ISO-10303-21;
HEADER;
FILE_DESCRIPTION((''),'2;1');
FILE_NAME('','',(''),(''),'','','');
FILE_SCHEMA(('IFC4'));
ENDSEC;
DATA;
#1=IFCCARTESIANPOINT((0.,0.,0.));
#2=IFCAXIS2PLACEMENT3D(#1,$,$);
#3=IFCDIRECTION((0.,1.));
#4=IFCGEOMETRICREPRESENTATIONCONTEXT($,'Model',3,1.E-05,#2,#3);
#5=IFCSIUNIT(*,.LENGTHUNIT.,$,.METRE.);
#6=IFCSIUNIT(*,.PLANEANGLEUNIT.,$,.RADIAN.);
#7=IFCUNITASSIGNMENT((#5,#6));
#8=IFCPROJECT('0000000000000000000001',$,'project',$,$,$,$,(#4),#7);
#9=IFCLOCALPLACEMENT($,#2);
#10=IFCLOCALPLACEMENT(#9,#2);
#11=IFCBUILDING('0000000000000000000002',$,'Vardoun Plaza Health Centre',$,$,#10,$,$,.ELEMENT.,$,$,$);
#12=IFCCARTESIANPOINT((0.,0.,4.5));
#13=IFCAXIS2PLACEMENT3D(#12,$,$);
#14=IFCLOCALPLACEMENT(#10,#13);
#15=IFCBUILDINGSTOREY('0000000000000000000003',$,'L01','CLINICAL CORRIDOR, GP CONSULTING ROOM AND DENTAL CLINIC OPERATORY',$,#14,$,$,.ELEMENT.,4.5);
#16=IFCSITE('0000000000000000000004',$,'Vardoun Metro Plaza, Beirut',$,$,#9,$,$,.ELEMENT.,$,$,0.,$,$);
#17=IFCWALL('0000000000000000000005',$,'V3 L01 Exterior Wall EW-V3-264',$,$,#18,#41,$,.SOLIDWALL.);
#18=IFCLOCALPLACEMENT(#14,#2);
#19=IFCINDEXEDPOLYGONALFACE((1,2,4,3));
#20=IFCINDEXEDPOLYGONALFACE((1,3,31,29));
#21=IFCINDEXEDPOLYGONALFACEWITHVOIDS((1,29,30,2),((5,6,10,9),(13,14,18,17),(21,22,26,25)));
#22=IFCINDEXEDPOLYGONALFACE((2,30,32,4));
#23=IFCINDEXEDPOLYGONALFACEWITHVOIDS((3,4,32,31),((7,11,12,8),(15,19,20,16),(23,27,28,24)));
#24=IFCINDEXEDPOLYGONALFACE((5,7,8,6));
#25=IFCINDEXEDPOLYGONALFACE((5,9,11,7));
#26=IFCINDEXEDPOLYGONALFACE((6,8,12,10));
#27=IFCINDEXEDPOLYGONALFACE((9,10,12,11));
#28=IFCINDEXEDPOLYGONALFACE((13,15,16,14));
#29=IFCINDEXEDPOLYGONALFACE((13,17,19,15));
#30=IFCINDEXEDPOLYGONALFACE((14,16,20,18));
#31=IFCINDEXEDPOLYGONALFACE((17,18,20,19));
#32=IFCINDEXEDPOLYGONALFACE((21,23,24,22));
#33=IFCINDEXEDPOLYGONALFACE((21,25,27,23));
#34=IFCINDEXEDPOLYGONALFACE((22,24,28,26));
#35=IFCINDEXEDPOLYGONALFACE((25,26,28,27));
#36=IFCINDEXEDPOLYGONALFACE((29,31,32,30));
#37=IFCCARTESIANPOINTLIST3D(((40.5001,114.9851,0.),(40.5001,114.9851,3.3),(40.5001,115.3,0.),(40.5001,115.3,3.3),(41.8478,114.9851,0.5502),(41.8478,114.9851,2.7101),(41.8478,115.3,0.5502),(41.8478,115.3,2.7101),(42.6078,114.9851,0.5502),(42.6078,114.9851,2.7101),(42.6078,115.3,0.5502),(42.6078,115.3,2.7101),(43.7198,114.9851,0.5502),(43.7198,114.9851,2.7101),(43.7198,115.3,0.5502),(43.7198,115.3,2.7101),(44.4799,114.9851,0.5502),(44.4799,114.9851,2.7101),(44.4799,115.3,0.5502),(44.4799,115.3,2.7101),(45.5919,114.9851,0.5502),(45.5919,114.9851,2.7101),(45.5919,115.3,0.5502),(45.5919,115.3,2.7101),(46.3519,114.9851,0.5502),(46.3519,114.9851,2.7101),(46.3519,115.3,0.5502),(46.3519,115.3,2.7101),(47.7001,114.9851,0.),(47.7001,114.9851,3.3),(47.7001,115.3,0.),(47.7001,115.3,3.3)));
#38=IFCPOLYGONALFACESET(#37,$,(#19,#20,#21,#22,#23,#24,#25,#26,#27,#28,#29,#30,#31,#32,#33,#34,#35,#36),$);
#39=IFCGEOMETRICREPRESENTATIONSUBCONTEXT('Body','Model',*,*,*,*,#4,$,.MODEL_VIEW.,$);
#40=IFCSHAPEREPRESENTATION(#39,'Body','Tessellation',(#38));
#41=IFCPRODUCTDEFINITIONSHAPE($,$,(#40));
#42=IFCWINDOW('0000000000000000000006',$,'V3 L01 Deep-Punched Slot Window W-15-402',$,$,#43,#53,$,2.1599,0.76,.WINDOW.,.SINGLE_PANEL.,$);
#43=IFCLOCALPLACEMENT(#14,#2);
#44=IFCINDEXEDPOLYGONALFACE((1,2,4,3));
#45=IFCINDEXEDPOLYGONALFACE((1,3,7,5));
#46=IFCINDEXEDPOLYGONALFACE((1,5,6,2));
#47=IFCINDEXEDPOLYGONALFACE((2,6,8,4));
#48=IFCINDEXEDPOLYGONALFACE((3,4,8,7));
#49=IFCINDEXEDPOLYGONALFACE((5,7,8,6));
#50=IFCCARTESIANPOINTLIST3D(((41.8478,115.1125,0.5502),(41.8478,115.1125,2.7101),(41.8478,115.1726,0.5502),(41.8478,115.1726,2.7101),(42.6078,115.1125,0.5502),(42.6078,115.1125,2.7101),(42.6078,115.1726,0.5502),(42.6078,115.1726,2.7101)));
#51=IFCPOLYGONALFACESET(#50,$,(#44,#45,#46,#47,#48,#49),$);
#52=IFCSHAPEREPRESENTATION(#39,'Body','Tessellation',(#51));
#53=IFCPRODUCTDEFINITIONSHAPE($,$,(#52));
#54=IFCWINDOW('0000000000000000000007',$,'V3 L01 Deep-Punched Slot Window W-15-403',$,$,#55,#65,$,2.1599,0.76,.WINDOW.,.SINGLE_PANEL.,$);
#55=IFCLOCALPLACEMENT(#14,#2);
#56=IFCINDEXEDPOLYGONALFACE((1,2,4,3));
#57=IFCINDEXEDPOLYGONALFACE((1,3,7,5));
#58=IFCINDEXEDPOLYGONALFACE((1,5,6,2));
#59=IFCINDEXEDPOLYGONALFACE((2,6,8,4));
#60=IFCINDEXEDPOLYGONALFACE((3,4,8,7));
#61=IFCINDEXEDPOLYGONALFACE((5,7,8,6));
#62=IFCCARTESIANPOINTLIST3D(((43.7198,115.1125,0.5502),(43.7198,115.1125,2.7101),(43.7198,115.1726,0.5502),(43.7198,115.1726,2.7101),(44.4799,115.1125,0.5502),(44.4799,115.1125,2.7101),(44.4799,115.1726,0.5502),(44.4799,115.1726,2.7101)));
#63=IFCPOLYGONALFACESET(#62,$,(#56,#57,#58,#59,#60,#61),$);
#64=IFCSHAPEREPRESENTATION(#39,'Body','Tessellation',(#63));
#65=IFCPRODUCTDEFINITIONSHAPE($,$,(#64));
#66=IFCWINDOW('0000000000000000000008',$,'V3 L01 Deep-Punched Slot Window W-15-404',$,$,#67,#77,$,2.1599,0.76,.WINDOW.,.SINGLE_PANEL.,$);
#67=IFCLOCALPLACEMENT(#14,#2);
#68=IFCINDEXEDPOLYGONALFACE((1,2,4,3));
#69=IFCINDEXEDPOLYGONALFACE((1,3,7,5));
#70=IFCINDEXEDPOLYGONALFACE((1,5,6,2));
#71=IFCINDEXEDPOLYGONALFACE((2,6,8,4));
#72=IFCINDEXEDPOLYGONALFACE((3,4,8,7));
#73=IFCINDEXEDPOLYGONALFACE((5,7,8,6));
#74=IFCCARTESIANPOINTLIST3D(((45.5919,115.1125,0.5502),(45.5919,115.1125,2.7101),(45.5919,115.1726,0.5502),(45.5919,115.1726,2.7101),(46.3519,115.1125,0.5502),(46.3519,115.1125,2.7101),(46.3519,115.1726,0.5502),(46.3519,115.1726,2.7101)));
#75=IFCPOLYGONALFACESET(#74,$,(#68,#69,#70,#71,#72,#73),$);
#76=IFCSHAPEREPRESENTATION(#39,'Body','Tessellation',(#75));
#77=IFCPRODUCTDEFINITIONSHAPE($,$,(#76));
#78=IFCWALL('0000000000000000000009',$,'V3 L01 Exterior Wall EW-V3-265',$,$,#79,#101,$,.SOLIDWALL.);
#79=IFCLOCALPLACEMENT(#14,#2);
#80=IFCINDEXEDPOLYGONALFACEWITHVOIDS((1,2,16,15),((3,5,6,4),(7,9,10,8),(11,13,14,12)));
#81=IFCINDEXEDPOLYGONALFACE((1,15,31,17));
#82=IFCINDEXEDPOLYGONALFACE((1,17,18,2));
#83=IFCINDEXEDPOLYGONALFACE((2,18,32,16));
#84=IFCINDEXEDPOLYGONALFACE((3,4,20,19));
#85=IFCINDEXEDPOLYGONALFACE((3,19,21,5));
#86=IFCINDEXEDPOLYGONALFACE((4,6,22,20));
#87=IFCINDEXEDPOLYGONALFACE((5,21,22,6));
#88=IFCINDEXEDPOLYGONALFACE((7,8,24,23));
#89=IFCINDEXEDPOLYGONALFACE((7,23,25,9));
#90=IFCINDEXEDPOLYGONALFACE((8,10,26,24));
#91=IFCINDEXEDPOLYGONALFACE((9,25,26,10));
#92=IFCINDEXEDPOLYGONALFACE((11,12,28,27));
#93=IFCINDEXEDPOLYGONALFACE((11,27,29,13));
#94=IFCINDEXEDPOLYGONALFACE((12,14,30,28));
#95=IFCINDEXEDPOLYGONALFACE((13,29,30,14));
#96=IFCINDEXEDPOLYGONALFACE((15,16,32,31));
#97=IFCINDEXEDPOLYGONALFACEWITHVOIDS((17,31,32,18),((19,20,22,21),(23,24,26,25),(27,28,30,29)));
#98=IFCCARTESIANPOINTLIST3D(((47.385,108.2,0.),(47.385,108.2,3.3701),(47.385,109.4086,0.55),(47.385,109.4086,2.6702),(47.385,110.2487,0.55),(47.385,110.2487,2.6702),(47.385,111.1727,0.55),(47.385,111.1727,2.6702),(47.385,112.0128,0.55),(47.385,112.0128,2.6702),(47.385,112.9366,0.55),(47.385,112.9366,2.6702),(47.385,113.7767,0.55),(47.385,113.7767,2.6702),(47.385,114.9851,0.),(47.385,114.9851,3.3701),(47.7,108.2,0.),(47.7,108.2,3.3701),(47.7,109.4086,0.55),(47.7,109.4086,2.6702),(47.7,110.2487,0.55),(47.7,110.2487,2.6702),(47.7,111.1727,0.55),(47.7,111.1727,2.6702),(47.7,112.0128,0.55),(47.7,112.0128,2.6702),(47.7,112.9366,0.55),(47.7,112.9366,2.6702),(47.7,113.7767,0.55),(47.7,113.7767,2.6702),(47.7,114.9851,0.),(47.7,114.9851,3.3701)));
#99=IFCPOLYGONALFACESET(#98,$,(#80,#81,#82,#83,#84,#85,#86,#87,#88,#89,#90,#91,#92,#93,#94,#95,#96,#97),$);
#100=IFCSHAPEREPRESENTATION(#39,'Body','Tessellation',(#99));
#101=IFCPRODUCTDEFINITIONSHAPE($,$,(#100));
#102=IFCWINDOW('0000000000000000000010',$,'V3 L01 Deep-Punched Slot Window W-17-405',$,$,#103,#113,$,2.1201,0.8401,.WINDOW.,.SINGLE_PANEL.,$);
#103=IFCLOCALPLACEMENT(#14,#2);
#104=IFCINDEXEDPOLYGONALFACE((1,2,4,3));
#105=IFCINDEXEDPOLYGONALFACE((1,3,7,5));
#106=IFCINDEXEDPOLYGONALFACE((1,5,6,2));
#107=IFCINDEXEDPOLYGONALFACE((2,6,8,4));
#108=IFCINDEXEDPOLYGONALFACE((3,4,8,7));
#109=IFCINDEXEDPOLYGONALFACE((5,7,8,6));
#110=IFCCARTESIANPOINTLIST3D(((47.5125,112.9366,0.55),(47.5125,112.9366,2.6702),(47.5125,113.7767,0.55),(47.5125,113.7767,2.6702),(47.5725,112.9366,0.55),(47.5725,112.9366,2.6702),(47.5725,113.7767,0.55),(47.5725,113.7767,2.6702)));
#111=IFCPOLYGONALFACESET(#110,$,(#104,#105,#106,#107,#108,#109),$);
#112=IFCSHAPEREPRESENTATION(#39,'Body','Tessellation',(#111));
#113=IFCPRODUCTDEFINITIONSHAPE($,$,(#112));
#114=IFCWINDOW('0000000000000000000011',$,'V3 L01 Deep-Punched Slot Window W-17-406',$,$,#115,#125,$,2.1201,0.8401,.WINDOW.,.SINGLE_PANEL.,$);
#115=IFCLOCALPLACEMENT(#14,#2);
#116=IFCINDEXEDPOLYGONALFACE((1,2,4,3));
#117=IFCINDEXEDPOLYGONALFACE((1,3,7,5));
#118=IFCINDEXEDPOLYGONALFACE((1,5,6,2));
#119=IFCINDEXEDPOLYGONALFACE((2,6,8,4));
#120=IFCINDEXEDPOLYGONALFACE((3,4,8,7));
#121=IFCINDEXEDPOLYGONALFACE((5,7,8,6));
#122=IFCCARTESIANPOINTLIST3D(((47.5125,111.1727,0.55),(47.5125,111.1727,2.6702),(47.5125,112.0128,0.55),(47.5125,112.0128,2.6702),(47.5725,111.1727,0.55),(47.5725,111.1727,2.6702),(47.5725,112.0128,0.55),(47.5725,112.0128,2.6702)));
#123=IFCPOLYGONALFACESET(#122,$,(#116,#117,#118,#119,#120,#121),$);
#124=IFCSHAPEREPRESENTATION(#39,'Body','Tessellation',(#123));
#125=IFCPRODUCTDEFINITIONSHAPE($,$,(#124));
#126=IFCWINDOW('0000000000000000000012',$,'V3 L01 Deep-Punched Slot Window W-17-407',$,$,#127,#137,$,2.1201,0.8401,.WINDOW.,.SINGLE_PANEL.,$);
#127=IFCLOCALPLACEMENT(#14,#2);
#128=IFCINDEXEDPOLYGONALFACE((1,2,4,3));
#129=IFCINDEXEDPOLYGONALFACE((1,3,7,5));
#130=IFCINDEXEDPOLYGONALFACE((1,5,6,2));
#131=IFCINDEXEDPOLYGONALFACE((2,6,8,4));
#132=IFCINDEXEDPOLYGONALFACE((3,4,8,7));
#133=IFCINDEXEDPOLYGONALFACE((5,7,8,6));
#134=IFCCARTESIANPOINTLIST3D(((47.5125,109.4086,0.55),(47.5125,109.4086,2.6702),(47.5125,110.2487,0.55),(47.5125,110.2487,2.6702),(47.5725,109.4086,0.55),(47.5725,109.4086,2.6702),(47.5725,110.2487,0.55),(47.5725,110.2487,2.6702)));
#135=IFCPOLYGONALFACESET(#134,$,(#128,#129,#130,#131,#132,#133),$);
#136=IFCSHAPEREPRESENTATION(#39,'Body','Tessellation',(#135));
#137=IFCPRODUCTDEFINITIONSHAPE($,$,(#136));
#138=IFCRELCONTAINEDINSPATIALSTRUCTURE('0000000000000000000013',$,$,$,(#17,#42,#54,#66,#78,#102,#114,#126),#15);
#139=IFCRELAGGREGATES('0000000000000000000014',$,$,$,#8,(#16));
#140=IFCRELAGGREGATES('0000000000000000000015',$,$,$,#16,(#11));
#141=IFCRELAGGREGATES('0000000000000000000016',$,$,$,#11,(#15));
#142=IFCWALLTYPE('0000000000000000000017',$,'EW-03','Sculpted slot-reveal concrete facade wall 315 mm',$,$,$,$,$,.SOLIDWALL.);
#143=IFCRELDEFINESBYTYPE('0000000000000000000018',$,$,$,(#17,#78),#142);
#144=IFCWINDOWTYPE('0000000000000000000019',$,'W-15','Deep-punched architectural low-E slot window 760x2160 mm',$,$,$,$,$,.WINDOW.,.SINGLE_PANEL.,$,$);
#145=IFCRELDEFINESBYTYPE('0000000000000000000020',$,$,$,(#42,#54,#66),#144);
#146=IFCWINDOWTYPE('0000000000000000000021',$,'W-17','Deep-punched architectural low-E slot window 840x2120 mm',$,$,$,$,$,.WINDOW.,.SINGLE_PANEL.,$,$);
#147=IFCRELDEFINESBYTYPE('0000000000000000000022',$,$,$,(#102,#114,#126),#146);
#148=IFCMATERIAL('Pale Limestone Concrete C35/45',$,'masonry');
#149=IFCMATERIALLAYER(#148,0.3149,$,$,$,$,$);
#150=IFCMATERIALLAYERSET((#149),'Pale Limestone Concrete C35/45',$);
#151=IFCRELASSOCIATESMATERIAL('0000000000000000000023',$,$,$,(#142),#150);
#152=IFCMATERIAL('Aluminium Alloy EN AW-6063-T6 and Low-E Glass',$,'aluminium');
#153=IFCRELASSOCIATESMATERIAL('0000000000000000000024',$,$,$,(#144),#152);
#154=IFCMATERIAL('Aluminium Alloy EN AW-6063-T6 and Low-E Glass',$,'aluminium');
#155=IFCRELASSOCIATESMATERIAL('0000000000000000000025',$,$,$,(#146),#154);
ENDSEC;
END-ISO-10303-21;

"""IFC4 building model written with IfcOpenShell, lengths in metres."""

from ifc_helpers import new_model, si_unit, direction, frame, frame_2d, origin, place, context, subcontext, project, spatial, rectangle, extrude, material, layer, layer_set, type_object, element, fill, save


model = new_model("IFC4")

# Units and contexts
model_context = context("Model", 3, precision=1e-05, world=origin(), true_north=direction((0.0, 1.0)))
body_context = subcontext(model_context, "Body", "Model", "MODEL_VIEW")
ifc_project = project(units=[si_unit("LENGTHUNIT", "METRE"), si_unit("PLANEANGLEUNIT", "RADIAN")], contexts=[model_context])

# Site, building, storey
site_placement = place(None, origin())
site = spatial("IfcSite", under=ifc_project, at=site_placement, Name="Vardoun Metro Plaza, Beirut", CompositionType="ELEMENT", RefElevation=0.0)
building_placement = place(site_placement, origin())
building = spatial("IfcBuilding", under=site, at=building_placement, Name="Vardoun Plaza Health Centre", CompositionType="ELEMENT")
storey_placement = place(building_placement, frame((0.0, 0.0, 4.5)))
storey = spatial("IfcBuildingStorey", under=building, at=storey_placement, Name="L01", Description="CLINICAL CORRIDOR, GP CONSULTING ROOM AND DENTAL CLINIC OPERATORY", CompositionType="ELEMENT", Elevation=4.5)

# Walls, openings, windows
ifc_material_1 = material(Name="Pale Limestone Concrete C35/45", Category="masonry")
ifc_layer_1 = layer(ifc_material_1, 0.3149)
ifc_layer_set_1 = layer_set([ifc_layer_1], Name="Pale Limestone Concrete C35/45")
wall_type_1 = type_object("IfcWallType", Name="EW-03", Description="Sculpted slot-reveal concrete facade wall 315 mm", PredefinedType="SOLIDWALL", material=ifc_layer_set_1)
wall_1_placement = place(storey_placement, frame((40.5, 115.1426, 0.0), z_axis=(0.0, 0.0, 1.0), x_axis=(1.0, 0.0, 0.0)))
wall_1 = element("IfcWall", 1, at=wall_1_placement, inside=storey, type_object=wall_type_1, Name="V3 L01 Exterior Wall EW-V3-264", PredefinedType="SOLIDWALL", context=body_context, shape_type="SweptSolid", body=[
    extrude(rectangle(XDim=7.2, YDim=0.3149, at=frame_2d((3.6001, 0.0))), origin(), (0.0, 0.0, 1.0), 3.3),
])
opening_1_placement = place(wall_1_placement, frame((1.3479, 0.0, 0.55)))
opening_1 = element("IfcOpeningElement", 2, at=opening_1_placement, cuts=wall_1, PredefinedType="OPENING", context=body_context, shape_type="SweptSolid", body=[
    extrude(rectangle(XDim=0.76, YDim=2.1599, at=frame_2d((0.3799, 1.0801))), frame((0.0, 0.1575, 0.0), z_axis=(0.0, -1.0, 0.0), x_axis=(1.0, 0.0, 0.0)), (0.0, 0.0, 1.0), 0.3149),
])
opening_2_placement = place(wall_1_placement, frame((3.22, 0.0, 0.55)))
opening_2 = element("IfcOpeningElement", 3, at=opening_2_placement, cuts=wall_1, PredefinedType="OPENING", context=body_context, shape_type="SweptSolid", body=[
    extrude(rectangle(XDim=0.76, YDim=2.1599, at=frame_2d((0.3799, 1.0801))), frame((0.0, 0.1575, 0.0), z_axis=(0.0, -1.0, 0.0), x_axis=(1.0, 0.0, 0.0)), (0.0, 0.0, 1.0), 0.3149),
])
opening_3_placement = place(wall_1_placement, frame((5.092, 0.0, 0.55)))
opening_3 = element("IfcOpeningElement", 4, at=opening_3_placement, cuts=wall_1, PredefinedType="OPENING", context=body_context, shape_type="SweptSolid", body=[
    extrude(rectangle(XDim=0.76, YDim=2.1599, at=frame_2d((0.3799, 1.0801))), frame((0.0, 0.1575, 0.0), z_axis=(0.0, -1.0, 0.0), x_axis=(1.0, 0.0, 0.0)), (0.0, 0.0, 1.0), 0.3149),
])
ifc_material_2 = material(Name="Aluminium Alloy EN AW-6063-T6 and Low-E Glass", Category="aluminium")
window_type_1 = type_object("IfcWindowType", Name="W-15", Description="Deep-punched architectural low-E slot window 760x2160 mm", PartitioningType="SINGLE_PANEL", PredefinedType="WINDOW", material=ifc_material_2)
window_1_placement = place(opening_1_placement, origin())
window_1 = element("IfcWindow", 5, at=window_1_placement, inside=storey, type_object=window_type_1, Name="V3 L01 Deep-Punched Slot Window W-15-402", OverallHeight=2.1599, OverallWidth=0.76, PartitioningType="SINGLE_PANEL", PredefinedType="WINDOW", context=body_context, shape_type="SweptSolid", body=[
    extrude(rectangle(XDim=0.76, YDim=2.1599, at=frame_2d((0.3799, 1.0801))), frame((0.0, 0.03, 0.0), z_axis=(0.0, -1.0, 0.0), x_axis=(1.0, 0.0, 0.0)), (0.0, 0.0, 1.0), 0.0601),
])
fill(opening_1, window_1)
window_2_placement = place(opening_2_placement, origin())
window_2 = element("IfcWindow", 6, at=window_2_placement, inside=storey, type_object=window_type_1, Name="V3 L01 Deep-Punched Slot Window W-15-403", OverallHeight=2.1599, OverallWidth=0.76, PartitioningType="SINGLE_PANEL", PredefinedType="WINDOW", context=body_context, shape_type="SweptSolid", body=[
    extrude(rectangle(XDim=0.76, YDim=2.1599, at=frame_2d((0.3799, 1.0801))), frame((0.0, 0.03, 0.0), z_axis=(0.0, -1.0, 0.0), x_axis=(1.0, 0.0, 0.0)), (0.0, 0.0, 1.0), 0.0601),
])
fill(opening_2, window_2)
window_3_placement = place(opening_3_placement, origin())
window_3 = element("IfcWindow", 7, at=window_3_placement, inside=storey, type_object=window_type_1, Name="V3 L01 Deep-Punched Slot Window W-15-404", OverallHeight=2.1599, OverallWidth=0.76, PartitioningType="SINGLE_PANEL", PredefinedType="WINDOW", context=body_context, shape_type="SweptSolid", body=[
    extrude(rectangle(XDim=0.76, YDim=2.1599, at=frame_2d((0.3799, 1.0801))), frame((0.0, 0.03, 0.0), z_axis=(0.0, -1.0, 0.0), x_axis=(1.0, 0.0, 0.0)), (0.0, 0.0, 1.0), 0.0601),
])
fill(opening_3, window_3)
wall_2_placement = place(storey_placement, frame((47.5425, 114.9851, 0.0), z_axis=(0.0, 0.0, 1.0), x_axis=(0.0, -1.0, 0.0)))
wall_2 = element("IfcWall", 8, at=wall_2_placement, inside=storey, type_object=wall_type_1, Name="V3 L01 Exterior Wall EW-V3-265", PredefinedType="SOLIDWALL", context=body_context, shape_type="SweptSolid", body=[
    extrude(rectangle(XDim=6.7852, YDim=0.3149, at=frame_2d((3.3926, 0.0))), origin(), (0.0, 0.0, 1.0), 3.3701),
])
opening_4_placement = place(wall_2_placement, frame((1.2085, 0.0, 0.55)))
opening_4 = element("IfcOpeningElement", 9, at=opening_4_placement, cuts=wall_2, PredefinedType="OPENING", context=body_context, shape_type="SweptSolid", body=[
    extrude(rectangle(XDim=0.8401, YDim=2.1201, at=frame_2d((0.4199, 1.0601))), frame((0.0, 0.1575, 0.0), z_axis=(0.0, -1.0, 0.0), x_axis=(1.0, 0.0, 0.0)), (0.0, 0.0, 1.0), 0.3149),
])
opening_5_placement = place(wall_2_placement, frame((2.9724, 0.0, 0.55)))
opening_5 = element("IfcOpeningElement", 10, at=opening_5_placement, cuts=wall_2, PredefinedType="OPENING", context=body_context, shape_type="SweptSolid", body=[
    extrude(rectangle(XDim=0.8401, YDim=2.1201, at=frame_2d((0.4199, 1.0601))), frame((0.0, 0.1575, 0.0), z_axis=(0.0, -1.0, 0.0), x_axis=(1.0, 0.0, 0.0)), (0.0, 0.0, 1.0), 0.3149),
])
opening_6_placement = place(wall_2_placement, frame((4.7366, 0.0, 0.55)))
opening_6 = element("IfcOpeningElement", 11, at=opening_6_placement, cuts=wall_2, PredefinedType="OPENING", context=body_context, shape_type="SweptSolid", body=[
    extrude(rectangle(XDim=0.8401, YDim=2.1201, at=frame_2d((0.4199, 1.0601))), frame((0.0, 0.1575, 0.0), z_axis=(0.0, -1.0, 0.0), x_axis=(1.0, 0.0, 0.0)), (0.0, 0.0, 1.0), 0.3149),
])
ifc_material_3 = material(Name="Aluminium Alloy EN AW-6063-T6 and Low-E Glass", Category="aluminium")
window_type_2 = type_object("IfcWindowType", Name="W-17", Description="Deep-punched architectural low-E slot window 840x2120 mm", PartitioningType="SINGLE_PANEL", PredefinedType="WINDOW", material=ifc_material_3)
window_4_placement = place(opening_4_placement, origin())
window_4 = element("IfcWindow", 12, at=window_4_placement, inside=storey, type_object=window_type_2, Name="V3 L01 Deep-Punched Slot Window W-17-405", OverallHeight=2.1201, OverallWidth=0.8401, PartitioningType="SINGLE_PANEL", PredefinedType="WINDOW", context=body_context, shape_type="SweptSolid", body=[
    extrude(rectangle(XDim=0.8401, YDim=2.1201, at=frame_2d((0.4199, 1.0601))), frame((0.0, 0.03, 0.0), z_axis=(0.0, -1.0, 0.0), x_axis=(1.0, 0.0, 0.0)), (0.0, 0.0, 1.0), 0.0601),
])
fill(opening_4, window_4)
window_5_placement = place(opening_5_placement, origin())
window_5 = element("IfcWindow", 13, at=window_5_placement, inside=storey, type_object=window_type_2, Name="V3 L01 Deep-Punched Slot Window W-17-406", OverallHeight=2.1201, OverallWidth=0.8401, PartitioningType="SINGLE_PANEL", PredefinedType="WINDOW", context=body_context, shape_type="SweptSolid", body=[
    extrude(rectangle(XDim=0.8401, YDim=2.1201, at=frame_2d((0.4199, 1.0601))), frame((0.0, 0.03, 0.0), z_axis=(0.0, -1.0, 0.0), x_axis=(1.0, 0.0, 0.0)), (0.0, 0.0, 1.0), 0.0601),
])
fill(opening_5, window_5)
window_6_placement = place(opening_6_placement, origin())
window_6 = element("IfcWindow", 14, at=window_6_placement, inside=storey, type_object=window_type_2, Name="V3 L01 Deep-Punched Slot Window W-17-407", OverallHeight=2.1201, OverallWidth=0.8401, PartitioningType="SINGLE_PANEL", PredefinedType="WINDOW", context=body_context, shape_type="SweptSolid", body=[
    extrude(rectangle(XDim=0.8401, YDim=2.1201, at=frame_2d((0.4199, 1.0601))), frame((0.0, 0.03, 0.0), z_axis=(0.0, -1.0, 0.0), x_axis=(1.0, 0.0, 0.0)), (0.0, 0.0, 1.0), 0.0601),
])
fill(opening_6, window_6)

save(model, "model.ifc")
